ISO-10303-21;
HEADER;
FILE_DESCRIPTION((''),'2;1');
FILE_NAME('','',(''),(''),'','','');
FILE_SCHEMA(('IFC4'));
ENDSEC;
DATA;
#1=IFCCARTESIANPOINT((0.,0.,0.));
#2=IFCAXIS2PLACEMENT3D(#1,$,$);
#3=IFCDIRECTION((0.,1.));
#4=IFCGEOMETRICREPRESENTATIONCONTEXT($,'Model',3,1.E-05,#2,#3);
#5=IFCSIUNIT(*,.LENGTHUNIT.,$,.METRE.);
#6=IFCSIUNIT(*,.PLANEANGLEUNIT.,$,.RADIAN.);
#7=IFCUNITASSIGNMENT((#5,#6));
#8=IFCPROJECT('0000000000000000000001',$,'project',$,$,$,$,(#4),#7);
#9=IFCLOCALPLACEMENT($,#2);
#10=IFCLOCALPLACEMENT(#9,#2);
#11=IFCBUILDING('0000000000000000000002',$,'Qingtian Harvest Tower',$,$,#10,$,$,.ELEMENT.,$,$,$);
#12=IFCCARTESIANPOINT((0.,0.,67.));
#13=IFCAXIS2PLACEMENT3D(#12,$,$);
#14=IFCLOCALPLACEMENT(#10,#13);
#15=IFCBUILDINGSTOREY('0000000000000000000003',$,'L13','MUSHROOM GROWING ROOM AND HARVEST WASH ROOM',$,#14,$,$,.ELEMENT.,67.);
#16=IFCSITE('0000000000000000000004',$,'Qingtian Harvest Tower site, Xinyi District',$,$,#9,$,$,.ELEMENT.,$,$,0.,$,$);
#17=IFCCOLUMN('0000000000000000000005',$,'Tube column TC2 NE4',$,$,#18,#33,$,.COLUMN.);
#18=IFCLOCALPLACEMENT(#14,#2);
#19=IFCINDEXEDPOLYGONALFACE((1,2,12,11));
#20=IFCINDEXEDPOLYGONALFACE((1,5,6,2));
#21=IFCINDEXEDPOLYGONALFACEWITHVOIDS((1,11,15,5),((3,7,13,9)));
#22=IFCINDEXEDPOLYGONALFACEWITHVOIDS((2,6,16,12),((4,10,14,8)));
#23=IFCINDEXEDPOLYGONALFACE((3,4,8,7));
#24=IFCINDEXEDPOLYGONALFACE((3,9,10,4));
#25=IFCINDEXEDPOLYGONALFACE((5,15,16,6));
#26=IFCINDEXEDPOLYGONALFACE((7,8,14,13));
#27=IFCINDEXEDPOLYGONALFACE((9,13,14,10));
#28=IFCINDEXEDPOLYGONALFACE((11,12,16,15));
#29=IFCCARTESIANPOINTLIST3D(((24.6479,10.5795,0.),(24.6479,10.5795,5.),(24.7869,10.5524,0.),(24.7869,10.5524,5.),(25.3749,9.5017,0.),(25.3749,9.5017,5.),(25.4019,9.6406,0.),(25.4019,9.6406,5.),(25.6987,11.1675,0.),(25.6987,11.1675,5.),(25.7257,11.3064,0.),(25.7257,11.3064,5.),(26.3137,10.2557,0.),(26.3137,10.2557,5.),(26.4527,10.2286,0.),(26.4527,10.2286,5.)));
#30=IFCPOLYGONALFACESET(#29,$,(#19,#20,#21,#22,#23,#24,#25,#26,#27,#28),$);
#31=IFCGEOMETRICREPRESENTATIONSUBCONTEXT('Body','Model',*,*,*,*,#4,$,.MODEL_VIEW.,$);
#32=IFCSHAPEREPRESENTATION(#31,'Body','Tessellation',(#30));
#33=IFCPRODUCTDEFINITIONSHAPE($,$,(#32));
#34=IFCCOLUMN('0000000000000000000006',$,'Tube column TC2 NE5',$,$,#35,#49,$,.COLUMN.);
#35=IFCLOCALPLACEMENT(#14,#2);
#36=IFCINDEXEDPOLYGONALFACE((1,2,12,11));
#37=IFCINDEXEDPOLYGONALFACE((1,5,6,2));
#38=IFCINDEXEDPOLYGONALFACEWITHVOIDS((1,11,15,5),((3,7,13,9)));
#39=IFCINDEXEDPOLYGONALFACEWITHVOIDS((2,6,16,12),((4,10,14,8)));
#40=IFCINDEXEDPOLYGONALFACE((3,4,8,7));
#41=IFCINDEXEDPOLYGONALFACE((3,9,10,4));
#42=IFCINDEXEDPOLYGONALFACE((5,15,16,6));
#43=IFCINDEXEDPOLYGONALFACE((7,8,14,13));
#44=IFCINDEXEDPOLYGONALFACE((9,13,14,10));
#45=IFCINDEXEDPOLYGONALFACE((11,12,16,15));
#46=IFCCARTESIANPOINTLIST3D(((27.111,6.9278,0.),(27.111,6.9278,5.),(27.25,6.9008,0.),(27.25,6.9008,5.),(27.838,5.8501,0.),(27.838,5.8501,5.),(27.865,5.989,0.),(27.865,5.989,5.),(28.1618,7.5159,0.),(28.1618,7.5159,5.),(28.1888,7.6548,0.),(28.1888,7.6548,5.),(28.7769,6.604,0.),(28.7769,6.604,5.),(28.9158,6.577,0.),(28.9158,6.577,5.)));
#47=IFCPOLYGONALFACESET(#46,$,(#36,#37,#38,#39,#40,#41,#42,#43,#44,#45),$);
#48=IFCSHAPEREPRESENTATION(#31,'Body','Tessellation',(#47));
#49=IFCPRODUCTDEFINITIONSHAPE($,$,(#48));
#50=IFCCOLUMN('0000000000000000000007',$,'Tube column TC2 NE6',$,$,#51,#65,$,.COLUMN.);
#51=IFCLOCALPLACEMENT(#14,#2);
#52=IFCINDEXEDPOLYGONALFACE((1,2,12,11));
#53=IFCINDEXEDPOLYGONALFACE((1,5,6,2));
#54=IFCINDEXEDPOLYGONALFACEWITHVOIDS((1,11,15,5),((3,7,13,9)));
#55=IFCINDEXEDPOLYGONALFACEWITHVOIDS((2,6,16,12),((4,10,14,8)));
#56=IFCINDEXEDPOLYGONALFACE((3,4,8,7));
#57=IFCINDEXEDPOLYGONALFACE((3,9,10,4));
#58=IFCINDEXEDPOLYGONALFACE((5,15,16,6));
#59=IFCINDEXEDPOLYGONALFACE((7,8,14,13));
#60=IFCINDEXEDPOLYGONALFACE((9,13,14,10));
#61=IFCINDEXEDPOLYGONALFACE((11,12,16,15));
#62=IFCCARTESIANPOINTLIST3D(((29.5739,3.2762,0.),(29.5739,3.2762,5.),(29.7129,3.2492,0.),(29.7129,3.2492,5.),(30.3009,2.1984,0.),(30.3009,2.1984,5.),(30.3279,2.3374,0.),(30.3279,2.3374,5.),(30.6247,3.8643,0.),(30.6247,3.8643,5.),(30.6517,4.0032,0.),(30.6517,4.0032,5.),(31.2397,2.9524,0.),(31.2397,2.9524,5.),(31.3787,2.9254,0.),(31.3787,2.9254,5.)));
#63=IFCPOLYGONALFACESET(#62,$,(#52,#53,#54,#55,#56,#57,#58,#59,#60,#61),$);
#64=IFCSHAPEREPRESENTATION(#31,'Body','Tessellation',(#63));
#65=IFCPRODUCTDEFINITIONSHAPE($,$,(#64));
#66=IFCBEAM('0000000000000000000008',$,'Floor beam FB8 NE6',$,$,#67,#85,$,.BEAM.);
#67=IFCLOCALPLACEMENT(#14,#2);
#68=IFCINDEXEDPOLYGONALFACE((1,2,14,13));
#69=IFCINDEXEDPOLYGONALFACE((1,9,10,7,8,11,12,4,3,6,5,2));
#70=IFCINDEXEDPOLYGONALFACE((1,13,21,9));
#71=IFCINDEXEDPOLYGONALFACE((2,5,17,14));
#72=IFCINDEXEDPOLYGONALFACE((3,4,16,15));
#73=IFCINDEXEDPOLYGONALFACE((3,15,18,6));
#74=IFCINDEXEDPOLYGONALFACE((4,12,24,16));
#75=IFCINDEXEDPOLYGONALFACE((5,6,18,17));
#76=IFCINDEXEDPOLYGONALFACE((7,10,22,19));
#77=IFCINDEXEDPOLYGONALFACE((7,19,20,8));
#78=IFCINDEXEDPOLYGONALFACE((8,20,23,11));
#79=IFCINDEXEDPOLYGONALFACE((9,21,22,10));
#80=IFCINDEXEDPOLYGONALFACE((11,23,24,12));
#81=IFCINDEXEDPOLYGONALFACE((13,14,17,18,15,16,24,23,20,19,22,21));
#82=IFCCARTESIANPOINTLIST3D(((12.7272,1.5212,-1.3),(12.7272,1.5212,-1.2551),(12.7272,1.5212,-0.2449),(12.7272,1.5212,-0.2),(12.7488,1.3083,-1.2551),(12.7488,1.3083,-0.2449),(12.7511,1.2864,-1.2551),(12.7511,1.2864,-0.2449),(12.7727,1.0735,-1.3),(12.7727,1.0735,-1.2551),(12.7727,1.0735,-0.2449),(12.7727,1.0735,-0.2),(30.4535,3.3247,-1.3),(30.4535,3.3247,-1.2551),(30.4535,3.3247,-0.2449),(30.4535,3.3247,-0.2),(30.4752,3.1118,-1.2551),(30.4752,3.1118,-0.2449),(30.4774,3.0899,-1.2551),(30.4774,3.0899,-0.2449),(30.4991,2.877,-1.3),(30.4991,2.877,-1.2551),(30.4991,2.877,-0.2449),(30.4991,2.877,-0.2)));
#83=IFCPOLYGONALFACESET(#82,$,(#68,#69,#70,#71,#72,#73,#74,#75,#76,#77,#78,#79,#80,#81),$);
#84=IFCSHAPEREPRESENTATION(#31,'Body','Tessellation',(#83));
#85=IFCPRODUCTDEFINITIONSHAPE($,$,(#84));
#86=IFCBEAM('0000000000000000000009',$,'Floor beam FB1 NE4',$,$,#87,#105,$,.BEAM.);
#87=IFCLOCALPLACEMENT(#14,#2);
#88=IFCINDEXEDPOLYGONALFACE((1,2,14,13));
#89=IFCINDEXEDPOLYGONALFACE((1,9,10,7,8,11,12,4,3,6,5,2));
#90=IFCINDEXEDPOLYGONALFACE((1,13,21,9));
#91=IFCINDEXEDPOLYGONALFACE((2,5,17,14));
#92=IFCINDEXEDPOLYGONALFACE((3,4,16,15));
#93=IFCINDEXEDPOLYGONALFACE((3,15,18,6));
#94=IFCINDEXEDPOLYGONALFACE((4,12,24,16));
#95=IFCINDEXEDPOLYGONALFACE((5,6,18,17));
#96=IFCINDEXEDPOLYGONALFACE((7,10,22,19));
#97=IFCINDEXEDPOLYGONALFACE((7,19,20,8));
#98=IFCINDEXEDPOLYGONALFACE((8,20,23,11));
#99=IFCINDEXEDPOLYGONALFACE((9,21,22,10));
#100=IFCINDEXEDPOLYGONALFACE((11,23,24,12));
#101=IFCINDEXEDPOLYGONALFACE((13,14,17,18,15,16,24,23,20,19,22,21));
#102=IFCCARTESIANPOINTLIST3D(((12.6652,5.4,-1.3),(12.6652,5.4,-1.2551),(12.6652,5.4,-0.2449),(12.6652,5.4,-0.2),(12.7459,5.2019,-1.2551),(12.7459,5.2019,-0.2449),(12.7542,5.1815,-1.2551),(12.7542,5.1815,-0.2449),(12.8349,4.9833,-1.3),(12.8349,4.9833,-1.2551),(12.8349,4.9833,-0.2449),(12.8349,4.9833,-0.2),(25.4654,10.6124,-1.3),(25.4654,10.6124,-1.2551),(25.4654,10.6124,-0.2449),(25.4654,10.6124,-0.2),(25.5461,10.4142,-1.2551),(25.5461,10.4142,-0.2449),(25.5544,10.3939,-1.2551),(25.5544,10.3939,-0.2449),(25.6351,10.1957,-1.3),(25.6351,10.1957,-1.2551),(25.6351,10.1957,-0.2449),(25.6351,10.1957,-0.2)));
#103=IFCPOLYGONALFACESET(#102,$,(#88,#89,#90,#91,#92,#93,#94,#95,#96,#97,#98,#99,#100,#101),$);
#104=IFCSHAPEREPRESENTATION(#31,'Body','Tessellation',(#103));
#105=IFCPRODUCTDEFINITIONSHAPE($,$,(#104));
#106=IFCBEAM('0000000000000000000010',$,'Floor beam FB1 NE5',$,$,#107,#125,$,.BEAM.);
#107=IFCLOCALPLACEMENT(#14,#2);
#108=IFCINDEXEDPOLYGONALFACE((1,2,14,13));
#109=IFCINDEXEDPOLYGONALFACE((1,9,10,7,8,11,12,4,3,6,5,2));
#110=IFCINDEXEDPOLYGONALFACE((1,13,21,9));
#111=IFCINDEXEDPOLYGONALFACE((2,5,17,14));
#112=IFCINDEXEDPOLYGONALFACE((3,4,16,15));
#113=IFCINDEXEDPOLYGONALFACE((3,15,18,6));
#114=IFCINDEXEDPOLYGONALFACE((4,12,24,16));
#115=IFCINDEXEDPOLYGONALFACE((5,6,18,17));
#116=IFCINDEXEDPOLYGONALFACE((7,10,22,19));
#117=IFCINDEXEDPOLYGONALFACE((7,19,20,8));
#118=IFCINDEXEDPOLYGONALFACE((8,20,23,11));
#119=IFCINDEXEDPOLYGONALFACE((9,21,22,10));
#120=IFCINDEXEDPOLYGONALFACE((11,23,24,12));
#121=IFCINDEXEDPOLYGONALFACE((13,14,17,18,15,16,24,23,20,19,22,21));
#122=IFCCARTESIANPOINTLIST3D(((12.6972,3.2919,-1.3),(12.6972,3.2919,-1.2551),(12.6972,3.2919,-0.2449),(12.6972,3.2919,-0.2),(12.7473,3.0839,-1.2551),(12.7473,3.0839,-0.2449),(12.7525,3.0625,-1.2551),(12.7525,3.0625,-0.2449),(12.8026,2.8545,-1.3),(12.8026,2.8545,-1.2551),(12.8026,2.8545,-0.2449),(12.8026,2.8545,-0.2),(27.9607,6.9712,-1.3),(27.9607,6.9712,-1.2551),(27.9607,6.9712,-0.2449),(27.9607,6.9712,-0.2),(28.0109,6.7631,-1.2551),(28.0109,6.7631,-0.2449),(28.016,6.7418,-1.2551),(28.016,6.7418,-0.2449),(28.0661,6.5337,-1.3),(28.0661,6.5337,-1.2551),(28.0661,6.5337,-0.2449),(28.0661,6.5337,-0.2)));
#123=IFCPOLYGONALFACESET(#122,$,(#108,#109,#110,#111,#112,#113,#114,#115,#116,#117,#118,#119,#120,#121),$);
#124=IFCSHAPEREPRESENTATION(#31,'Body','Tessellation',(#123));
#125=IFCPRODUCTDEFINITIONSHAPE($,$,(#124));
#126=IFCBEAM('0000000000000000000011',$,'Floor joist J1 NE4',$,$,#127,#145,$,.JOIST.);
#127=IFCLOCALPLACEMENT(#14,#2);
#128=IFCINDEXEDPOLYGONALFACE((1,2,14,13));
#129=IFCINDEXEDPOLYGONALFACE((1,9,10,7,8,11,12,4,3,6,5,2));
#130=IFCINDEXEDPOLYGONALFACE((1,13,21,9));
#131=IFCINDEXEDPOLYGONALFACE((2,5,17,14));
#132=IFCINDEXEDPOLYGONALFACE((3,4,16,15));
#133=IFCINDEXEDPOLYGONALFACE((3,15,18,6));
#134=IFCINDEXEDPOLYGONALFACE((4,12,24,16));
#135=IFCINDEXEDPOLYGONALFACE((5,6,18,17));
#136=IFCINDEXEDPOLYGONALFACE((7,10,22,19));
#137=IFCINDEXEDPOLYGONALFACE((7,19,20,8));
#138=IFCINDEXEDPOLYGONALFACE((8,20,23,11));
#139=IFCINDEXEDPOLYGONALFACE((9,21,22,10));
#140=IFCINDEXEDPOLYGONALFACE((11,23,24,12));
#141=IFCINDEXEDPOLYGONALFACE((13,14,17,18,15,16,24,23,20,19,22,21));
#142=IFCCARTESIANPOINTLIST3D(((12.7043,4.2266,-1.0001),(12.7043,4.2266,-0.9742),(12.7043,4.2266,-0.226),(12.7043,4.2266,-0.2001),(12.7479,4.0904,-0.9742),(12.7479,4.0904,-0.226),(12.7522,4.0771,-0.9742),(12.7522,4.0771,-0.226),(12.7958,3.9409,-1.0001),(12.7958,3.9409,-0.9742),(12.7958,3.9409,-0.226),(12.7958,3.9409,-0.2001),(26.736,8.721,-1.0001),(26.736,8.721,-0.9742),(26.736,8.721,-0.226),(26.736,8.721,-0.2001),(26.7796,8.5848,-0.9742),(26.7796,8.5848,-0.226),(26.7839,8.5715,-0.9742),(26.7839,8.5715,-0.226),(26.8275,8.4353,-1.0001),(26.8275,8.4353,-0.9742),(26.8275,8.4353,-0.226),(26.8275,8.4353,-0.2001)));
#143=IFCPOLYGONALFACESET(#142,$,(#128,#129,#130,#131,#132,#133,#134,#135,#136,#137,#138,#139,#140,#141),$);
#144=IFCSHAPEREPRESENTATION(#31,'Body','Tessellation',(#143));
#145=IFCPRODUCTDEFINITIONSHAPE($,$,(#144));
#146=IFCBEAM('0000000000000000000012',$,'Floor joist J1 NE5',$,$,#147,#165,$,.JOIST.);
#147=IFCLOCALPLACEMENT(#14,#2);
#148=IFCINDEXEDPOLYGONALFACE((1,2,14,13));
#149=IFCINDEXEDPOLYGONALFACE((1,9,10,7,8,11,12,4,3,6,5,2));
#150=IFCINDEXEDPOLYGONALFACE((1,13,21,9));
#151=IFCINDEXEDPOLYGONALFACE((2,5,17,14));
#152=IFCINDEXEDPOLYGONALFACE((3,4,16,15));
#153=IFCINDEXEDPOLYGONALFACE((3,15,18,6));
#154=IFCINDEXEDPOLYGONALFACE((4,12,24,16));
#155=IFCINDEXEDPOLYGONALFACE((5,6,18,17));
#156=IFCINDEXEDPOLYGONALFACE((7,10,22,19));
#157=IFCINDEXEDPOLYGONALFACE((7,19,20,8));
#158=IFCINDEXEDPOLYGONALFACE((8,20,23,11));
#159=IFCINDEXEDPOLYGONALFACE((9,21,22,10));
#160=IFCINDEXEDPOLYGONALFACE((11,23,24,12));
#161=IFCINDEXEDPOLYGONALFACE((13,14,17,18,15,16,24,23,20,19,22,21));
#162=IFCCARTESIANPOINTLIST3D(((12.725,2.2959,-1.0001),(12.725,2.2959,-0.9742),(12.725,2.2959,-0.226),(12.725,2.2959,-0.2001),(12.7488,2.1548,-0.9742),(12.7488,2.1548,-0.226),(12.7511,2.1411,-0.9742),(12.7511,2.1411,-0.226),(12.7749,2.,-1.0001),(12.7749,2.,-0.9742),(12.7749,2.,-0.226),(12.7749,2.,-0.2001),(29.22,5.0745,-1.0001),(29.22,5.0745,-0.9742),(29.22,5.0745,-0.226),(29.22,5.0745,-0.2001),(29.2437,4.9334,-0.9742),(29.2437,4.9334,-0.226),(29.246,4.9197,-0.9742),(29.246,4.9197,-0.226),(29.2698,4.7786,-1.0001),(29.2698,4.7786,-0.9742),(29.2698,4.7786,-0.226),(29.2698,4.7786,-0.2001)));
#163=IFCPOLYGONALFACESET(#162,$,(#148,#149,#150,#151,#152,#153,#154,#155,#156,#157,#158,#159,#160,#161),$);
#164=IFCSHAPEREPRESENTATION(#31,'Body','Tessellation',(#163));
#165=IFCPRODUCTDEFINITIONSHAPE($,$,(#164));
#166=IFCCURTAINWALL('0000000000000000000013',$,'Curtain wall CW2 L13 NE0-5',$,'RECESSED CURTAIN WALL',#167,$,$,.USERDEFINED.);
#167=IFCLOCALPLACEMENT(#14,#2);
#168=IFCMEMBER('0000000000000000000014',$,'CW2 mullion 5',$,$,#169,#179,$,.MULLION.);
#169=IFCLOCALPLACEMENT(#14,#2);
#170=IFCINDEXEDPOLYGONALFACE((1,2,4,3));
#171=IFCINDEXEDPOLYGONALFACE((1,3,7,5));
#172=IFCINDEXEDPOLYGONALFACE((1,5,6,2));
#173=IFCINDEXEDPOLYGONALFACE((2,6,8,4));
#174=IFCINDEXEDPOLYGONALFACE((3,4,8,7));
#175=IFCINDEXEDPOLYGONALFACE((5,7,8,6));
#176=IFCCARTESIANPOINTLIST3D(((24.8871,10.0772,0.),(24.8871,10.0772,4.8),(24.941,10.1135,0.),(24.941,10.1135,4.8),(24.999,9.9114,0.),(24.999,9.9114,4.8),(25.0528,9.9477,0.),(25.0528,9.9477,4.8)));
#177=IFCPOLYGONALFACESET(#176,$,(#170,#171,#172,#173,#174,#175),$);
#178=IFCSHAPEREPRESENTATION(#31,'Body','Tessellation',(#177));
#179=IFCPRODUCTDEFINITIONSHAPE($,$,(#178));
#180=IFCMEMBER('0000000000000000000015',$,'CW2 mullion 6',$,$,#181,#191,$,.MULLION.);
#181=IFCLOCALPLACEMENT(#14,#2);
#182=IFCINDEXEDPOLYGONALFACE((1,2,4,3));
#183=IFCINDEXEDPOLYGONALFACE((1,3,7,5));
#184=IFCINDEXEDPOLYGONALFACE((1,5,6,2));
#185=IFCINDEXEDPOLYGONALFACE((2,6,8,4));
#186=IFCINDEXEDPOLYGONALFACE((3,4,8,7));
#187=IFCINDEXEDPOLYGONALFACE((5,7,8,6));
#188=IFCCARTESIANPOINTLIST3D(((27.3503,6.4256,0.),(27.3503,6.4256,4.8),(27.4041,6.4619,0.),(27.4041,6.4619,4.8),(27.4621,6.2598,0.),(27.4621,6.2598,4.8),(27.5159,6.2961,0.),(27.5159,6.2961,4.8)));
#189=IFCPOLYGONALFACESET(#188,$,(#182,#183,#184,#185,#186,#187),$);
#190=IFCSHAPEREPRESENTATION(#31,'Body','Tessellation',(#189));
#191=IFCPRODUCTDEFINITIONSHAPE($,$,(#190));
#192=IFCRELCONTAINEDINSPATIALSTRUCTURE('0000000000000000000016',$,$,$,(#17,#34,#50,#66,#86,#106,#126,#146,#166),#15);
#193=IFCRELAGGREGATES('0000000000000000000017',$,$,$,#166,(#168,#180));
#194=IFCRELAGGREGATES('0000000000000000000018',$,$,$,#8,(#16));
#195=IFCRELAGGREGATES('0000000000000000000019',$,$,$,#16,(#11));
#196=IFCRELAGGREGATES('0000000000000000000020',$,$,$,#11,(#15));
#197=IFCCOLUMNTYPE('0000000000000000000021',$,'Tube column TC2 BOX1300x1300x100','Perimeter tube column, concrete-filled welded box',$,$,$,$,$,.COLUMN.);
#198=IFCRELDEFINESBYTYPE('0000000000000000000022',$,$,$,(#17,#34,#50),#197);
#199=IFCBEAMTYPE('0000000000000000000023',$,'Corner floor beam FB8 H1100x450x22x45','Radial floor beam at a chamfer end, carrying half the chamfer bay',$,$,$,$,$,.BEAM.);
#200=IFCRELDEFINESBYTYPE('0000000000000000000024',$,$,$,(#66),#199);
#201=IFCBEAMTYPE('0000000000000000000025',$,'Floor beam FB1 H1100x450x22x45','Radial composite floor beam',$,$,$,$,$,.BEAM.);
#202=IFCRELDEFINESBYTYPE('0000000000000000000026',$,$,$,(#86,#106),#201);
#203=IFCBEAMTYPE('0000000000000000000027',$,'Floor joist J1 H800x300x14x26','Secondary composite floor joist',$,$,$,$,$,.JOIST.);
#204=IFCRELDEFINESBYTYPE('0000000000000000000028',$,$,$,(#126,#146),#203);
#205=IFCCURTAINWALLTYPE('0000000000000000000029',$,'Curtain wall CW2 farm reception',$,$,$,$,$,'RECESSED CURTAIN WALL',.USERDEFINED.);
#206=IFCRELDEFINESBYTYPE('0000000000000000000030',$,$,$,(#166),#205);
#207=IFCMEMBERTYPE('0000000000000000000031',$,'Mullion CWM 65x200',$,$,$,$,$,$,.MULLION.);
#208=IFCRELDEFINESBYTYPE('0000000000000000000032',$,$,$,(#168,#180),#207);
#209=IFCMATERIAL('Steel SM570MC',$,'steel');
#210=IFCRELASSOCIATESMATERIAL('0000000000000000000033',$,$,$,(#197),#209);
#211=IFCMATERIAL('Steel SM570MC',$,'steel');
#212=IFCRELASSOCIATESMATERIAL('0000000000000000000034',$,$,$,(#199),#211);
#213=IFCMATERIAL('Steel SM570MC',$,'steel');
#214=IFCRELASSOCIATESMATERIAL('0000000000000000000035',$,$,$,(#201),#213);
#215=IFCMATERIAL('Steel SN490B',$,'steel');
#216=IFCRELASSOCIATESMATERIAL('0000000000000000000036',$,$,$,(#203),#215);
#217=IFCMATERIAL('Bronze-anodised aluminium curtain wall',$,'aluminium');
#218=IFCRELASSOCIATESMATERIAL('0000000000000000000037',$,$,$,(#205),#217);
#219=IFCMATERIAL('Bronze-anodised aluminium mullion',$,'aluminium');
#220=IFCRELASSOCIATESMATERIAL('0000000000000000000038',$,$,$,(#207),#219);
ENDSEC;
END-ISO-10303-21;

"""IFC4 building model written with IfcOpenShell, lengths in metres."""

from ifc_helpers import new_model, si_unit, direction, frame, origin, origin_2d, place, context, subcontext, project, spatial, rectangle, hollow_rectangle, i_section, extrude, material, material_profile, profile_set, type_object, element, aggregate, save


model = new_model("IFC4")

# Units and contexts
model_context = context("Model", 3, precision=1e-05, world=origin(), true_north=direction((0.0, 1.0)))
body_context = subcontext(model_context, "Body", "Model", "MODEL_VIEW")
ifc_project = project(units=[si_unit("LENGTHUNIT", "METRE"), si_unit("PLANEANGLEUNIT", "RADIAN")], contexts=[model_context])

# Site, building, storey
site_placement = place(None, origin())
site = spatial("IfcSite", under=ifc_project, at=site_placement, Name="Qingtian Harvest Tower site, Xinyi District", CompositionType="ELEMENT", RefElevation=0.0)
building_placement = place(site_placement, origin())
building = spatial("IfcBuilding", under=site, at=building_placement, Name="Qingtian Harvest Tower", CompositionType="ELEMENT")
storey_placement = place(building_placement, frame((0.0, 0.0, 67.0)))
storey = spatial("IfcBuildingStorey", under=building, at=storey_placement, Name="L13", Description="MUSHROOM GROWING ROOM AND HARVEST WASH ROOM", CompositionType="ELEMENT", Elevation=67.0)

# Columns
ifc_material_1 = material(Name="Steel SM570MC", Category="steel")
ifc_material_profile_1 = material_profile(ifc_material_1, hollow_rectangle(XDim=1.3, YDim=1.3, WallThickness=0.1001, at=origin_2d()), Name="BOX1300x1300x100")
ifc_profile_set_1 = profile_set([ifc_material_profile_1], Name="Steel SM570MC")
column_type = type_object("IfcColumnType", Name="Tube column TC2 BOX1300x1300x100", Description="Perimeter tube column, concrete-filled welded box", PredefinedType="COLUMN", material=ifc_profile_set_1)
for number, where, z_axis, x_axis, name in (
    (1, (25.5503, 10.4041, 0.0), (0.0, 0.0, 1.0), (-0.559193, 0.829038, 0.0), "Tube column TC2 NE4"),
    (2, (28.0134, 6.7524, 0.0), (0.0, 0.0, 1.0), (-0.559193, 0.829038, 0.0), "Tube column TC2 NE5"),
    (3, (30.4763, 3.1008, 0.0), (0.0, 0.0, 1.0), (-0.559193, 0.829038, 0.0), "Tube column TC2 NE6"),
):
    element("IfcColumn", number, at=place(storey_placement, frame(where, z_axis=z_axis, x_axis=x_axis)), inside=storey, type_object=column_type, Name=name, PredefinedType="COLUMN", context=body_context, shape_type="SweptSolid", body=[
        extrude(hollow_rectangle(XDim=1.3, YDim=1.3, WallThickness=0.1001, at=origin_2d()), origin(), (0.0, 0.0, 1.0), 5.0),
    ])

# Beams
ifc_material_2 = material(Name="Steel SM570MC", Category="steel")
ifc_material_profile_2 = material_profile(ifc_material_2, i_section(OverallWidth=0.45, OverallDepth=1.1001, WebThickness=0.022, FlangeThickness=0.0449, at=origin_2d()), Name="H1100x450x22x45")
ifc_profile_set_2 = profile_set([ifc_material_profile_2], Name="Steel SM570MC")
beam_type_1 = type_object("IfcBeamType", Name="Corner floor beam FB8 H1100x450x22x45", Description="Radial floor beam at a chamfer end, carrying half the chamfer bay", PredefinedType="BEAM", material=ifc_profile_set_2)
beam_1_placement = place(storey_placement, frame((30.4763, 3.1008, -0.75), z_axis=(-0.994864, -0.101217, 0.0), x_axis=(0.101217, -0.994864, 0.0)))
element("IfcBeam", 4, at=beam_1_placement, inside=storey, type_object=beam_type_1, Name="Floor beam FB8 NE6", PredefinedType="BEAM", context=body_context, shape_type="SweptSolid", body=[
    extrude(i_section(OverallWidth=0.45, OverallDepth=1.1001, WebThickness=0.022, FlangeThickness=0.0449, at=origin_2d()), origin(), (0.0, 0.0, 1.0), 17.8179),
])
ifc_material_3 = material(Name="Steel SM570MC", Category="steel")
ifc_material_profile_3 = material_profile(ifc_material_3, i_section(OverallWidth=0.45, OverallDepth=1.1001, WebThickness=0.022, FlangeThickness=0.0449, at=origin_2d()), Name="H1100x450x22x45")
ifc_profile_set_3 = profile_set([ifc_material_profile_3], Name="Steel SM570MC")
beam_type_2 = type_object("IfcBeamType", Name="Floor beam FB1 H1100x450x22x45", Description="Radial composite floor beam", PredefinedType="BEAM", material=ifc_profile_set_3)
beam_2_placement = place(storey_placement, frame((25.5503, 10.4041, -0.75), z_axis=(-0.926156, -0.37714, 0.0), x_axis=(0.37714, -0.926156, 0.0)))
element("IfcBeam", 5, at=beam_2_placement, inside=storey, type_object=beam_type_2, Name="Floor beam FB1 NE4", PredefinedType="BEAM", context=body_context, shape_type="SweptSolid", body=[
    extrude(i_section(OverallWidth=0.45, OverallDepth=1.1001, WebThickness=0.022, FlangeThickness=0.0449, at=origin_2d()), origin(), (0.0, 0.0, 1.0), 13.8208),
])
beam_3_placement = place(storey_placement, frame((28.0134, 6.7524, -0.75), z_axis=(-0.972156, -0.234335, 0.0), x_axis=(0.234335, -0.972156, 0.0)))
element("IfcBeam", 6, at=beam_3_placement, inside=storey, type_object=beam_type_2, Name="Floor beam FB1 NE5", PredefinedType="BEAM", context=body_context, shape_type="SweptSolid", body=[
    extrude(i_section(OverallWidth=0.45, OverallDepth=1.1001, WebThickness=0.022, FlangeThickness=0.0449, at=origin_2d()), origin(), (0.0, 0.0, 1.0), 15.7007),
])
ifc_material_4 = material(Name="Steel SN490B", Category="steel")
ifc_material_profile_4 = material_profile(ifc_material_4, i_section(OverallWidth=0.3, OverallDepth=0.8, WebThickness=0.0139, FlangeThickness=0.0259, at=origin_2d()), Name="H800x300x14x26")
ifc_profile_set_4 = profile_set([ifc_material_profile_4], Name="Steel SN490B")
beam_type_3 = type_object("IfcBeamType", Name="Floor joist J1 H800x300x14x26", Description="Secondary composite floor joist", PredefinedType="JOIST", material=ifc_profile_set_4)
beam_4_placement = place(storey_placement, frame((26.7817, 8.5781, -0.6001), z_axis=(-0.952341, -0.305036, 0.0), x_axis=(0.305036, -0.952341, 0.0)))
element("IfcBeam", 7, at=beam_4_placement, inside=storey, type_object=beam_type_3, Name="Floor joist J1 NE4", PredefinedType="JOIST", context=body_context, shape_type="SweptSolid", body=[
    extrude(i_section(OverallWidth=0.3, OverallDepth=0.8, WebThickness=0.0139, FlangeThickness=0.0259, at=origin_2d()), origin(), (0.0, 0.0, 1.0), 14.7339),
])
beam_5_placement = place(storey_placement, frame((29.2449, 4.9265, -0.6001), z_axis=(-0.986107, -0.16611, 0.0), x_axis=(0.16611, -0.986107, 0.0)))
element("IfcBeam", 8, at=beam_5_placement, inside=storey, type_object=beam_type_3, Name="Floor joist J1 NE5", PredefinedType="JOIST", context=body_context, shape_type="SweptSolid", body=[
    extrude(i_section(OverallWidth=0.3, OverallDepth=0.8, WebThickness=0.0139, FlangeThickness=0.0259, at=origin_2d()), origin(), (0.0, 0.0, 1.0), 16.7273),
])

# Curtain wall, members
ifc_material_5 = material(Name="Bronze-anodised aluminium curtain wall", Category="aluminium")
curtain_wall_type = type_object("IfcCurtainWallType", Name="Curtain wall CW2 farm reception", ElementType="RECESSED CURTAIN WALL", PredefinedType="USERDEFINED", material=ifc_material_5)
curtain_wall_1_placement = place(storey_placement, origin())
curtain_wall_1 = element("IfcCurtainWall", 9, at=curtain_wall_1_placement, inside=storey, type_object=curtain_wall_type, Name="Curtain wall CW2 L13 NE0-5", ObjectType="RECESSED CURTAIN WALL", PredefinedType="USERDEFINED")
ifc_material_6 = material(Name="Bronze-anodised aluminium mullion", Category="aluminium")
ifc_material_profile_5 = material_profile(ifc_material_6, rectangle(XDim=0.0649, YDim=0.2, at=origin_2d()), Name="AL 65x200")
ifc_profile_set_5 = profile_set([ifc_material_profile_5], Name="Bronze-anodised aluminium mullion")
member_type_1 = type_object("IfcMemberType", Name="Mullion CWM 65x200", PredefinedType="MULLION", material=ifc_profile_set_5)
member_1_placement = place(storey_placement, frame((24.97, 10.0125, 0.0), z_axis=(0.0, 0.0, 1.0), x_axis=(0.829038, 0.559193, 0.0)))
member_1 = element("IfcMember", 10, at=member_1_placement, type_object=member_type_1, Name="CW2 mullion 5", PredefinedType="MULLION", context=body_context, shape_type="SweptSolid", body=[
    extrude(rectangle(XDim=0.0649, YDim=0.2, at=origin_2d()), origin(), (0.0, 0.0, 1.0), 4.8),
])
member_2_placement = place(storey_placement, frame((27.4331, 6.3608, 0.0), z_axis=(0.0, 0.0, 1.0), x_axis=(0.829038, 0.559193, 0.0)))
member_2 = element("IfcMember", 11, at=member_2_placement, type_object=member_type_1, Name="CW2 mullion 6", PredefinedType="MULLION", context=body_context, shape_type="SweptSolid", body=[
    extrude(rectangle(XDim=0.0649, YDim=0.2, at=origin_2d()), origin(), (0.0, 0.0, 1.0), 4.8),
])

aggregate(curtain_wall_1, [member_1, member_2])

save(model, "model.ifc")
